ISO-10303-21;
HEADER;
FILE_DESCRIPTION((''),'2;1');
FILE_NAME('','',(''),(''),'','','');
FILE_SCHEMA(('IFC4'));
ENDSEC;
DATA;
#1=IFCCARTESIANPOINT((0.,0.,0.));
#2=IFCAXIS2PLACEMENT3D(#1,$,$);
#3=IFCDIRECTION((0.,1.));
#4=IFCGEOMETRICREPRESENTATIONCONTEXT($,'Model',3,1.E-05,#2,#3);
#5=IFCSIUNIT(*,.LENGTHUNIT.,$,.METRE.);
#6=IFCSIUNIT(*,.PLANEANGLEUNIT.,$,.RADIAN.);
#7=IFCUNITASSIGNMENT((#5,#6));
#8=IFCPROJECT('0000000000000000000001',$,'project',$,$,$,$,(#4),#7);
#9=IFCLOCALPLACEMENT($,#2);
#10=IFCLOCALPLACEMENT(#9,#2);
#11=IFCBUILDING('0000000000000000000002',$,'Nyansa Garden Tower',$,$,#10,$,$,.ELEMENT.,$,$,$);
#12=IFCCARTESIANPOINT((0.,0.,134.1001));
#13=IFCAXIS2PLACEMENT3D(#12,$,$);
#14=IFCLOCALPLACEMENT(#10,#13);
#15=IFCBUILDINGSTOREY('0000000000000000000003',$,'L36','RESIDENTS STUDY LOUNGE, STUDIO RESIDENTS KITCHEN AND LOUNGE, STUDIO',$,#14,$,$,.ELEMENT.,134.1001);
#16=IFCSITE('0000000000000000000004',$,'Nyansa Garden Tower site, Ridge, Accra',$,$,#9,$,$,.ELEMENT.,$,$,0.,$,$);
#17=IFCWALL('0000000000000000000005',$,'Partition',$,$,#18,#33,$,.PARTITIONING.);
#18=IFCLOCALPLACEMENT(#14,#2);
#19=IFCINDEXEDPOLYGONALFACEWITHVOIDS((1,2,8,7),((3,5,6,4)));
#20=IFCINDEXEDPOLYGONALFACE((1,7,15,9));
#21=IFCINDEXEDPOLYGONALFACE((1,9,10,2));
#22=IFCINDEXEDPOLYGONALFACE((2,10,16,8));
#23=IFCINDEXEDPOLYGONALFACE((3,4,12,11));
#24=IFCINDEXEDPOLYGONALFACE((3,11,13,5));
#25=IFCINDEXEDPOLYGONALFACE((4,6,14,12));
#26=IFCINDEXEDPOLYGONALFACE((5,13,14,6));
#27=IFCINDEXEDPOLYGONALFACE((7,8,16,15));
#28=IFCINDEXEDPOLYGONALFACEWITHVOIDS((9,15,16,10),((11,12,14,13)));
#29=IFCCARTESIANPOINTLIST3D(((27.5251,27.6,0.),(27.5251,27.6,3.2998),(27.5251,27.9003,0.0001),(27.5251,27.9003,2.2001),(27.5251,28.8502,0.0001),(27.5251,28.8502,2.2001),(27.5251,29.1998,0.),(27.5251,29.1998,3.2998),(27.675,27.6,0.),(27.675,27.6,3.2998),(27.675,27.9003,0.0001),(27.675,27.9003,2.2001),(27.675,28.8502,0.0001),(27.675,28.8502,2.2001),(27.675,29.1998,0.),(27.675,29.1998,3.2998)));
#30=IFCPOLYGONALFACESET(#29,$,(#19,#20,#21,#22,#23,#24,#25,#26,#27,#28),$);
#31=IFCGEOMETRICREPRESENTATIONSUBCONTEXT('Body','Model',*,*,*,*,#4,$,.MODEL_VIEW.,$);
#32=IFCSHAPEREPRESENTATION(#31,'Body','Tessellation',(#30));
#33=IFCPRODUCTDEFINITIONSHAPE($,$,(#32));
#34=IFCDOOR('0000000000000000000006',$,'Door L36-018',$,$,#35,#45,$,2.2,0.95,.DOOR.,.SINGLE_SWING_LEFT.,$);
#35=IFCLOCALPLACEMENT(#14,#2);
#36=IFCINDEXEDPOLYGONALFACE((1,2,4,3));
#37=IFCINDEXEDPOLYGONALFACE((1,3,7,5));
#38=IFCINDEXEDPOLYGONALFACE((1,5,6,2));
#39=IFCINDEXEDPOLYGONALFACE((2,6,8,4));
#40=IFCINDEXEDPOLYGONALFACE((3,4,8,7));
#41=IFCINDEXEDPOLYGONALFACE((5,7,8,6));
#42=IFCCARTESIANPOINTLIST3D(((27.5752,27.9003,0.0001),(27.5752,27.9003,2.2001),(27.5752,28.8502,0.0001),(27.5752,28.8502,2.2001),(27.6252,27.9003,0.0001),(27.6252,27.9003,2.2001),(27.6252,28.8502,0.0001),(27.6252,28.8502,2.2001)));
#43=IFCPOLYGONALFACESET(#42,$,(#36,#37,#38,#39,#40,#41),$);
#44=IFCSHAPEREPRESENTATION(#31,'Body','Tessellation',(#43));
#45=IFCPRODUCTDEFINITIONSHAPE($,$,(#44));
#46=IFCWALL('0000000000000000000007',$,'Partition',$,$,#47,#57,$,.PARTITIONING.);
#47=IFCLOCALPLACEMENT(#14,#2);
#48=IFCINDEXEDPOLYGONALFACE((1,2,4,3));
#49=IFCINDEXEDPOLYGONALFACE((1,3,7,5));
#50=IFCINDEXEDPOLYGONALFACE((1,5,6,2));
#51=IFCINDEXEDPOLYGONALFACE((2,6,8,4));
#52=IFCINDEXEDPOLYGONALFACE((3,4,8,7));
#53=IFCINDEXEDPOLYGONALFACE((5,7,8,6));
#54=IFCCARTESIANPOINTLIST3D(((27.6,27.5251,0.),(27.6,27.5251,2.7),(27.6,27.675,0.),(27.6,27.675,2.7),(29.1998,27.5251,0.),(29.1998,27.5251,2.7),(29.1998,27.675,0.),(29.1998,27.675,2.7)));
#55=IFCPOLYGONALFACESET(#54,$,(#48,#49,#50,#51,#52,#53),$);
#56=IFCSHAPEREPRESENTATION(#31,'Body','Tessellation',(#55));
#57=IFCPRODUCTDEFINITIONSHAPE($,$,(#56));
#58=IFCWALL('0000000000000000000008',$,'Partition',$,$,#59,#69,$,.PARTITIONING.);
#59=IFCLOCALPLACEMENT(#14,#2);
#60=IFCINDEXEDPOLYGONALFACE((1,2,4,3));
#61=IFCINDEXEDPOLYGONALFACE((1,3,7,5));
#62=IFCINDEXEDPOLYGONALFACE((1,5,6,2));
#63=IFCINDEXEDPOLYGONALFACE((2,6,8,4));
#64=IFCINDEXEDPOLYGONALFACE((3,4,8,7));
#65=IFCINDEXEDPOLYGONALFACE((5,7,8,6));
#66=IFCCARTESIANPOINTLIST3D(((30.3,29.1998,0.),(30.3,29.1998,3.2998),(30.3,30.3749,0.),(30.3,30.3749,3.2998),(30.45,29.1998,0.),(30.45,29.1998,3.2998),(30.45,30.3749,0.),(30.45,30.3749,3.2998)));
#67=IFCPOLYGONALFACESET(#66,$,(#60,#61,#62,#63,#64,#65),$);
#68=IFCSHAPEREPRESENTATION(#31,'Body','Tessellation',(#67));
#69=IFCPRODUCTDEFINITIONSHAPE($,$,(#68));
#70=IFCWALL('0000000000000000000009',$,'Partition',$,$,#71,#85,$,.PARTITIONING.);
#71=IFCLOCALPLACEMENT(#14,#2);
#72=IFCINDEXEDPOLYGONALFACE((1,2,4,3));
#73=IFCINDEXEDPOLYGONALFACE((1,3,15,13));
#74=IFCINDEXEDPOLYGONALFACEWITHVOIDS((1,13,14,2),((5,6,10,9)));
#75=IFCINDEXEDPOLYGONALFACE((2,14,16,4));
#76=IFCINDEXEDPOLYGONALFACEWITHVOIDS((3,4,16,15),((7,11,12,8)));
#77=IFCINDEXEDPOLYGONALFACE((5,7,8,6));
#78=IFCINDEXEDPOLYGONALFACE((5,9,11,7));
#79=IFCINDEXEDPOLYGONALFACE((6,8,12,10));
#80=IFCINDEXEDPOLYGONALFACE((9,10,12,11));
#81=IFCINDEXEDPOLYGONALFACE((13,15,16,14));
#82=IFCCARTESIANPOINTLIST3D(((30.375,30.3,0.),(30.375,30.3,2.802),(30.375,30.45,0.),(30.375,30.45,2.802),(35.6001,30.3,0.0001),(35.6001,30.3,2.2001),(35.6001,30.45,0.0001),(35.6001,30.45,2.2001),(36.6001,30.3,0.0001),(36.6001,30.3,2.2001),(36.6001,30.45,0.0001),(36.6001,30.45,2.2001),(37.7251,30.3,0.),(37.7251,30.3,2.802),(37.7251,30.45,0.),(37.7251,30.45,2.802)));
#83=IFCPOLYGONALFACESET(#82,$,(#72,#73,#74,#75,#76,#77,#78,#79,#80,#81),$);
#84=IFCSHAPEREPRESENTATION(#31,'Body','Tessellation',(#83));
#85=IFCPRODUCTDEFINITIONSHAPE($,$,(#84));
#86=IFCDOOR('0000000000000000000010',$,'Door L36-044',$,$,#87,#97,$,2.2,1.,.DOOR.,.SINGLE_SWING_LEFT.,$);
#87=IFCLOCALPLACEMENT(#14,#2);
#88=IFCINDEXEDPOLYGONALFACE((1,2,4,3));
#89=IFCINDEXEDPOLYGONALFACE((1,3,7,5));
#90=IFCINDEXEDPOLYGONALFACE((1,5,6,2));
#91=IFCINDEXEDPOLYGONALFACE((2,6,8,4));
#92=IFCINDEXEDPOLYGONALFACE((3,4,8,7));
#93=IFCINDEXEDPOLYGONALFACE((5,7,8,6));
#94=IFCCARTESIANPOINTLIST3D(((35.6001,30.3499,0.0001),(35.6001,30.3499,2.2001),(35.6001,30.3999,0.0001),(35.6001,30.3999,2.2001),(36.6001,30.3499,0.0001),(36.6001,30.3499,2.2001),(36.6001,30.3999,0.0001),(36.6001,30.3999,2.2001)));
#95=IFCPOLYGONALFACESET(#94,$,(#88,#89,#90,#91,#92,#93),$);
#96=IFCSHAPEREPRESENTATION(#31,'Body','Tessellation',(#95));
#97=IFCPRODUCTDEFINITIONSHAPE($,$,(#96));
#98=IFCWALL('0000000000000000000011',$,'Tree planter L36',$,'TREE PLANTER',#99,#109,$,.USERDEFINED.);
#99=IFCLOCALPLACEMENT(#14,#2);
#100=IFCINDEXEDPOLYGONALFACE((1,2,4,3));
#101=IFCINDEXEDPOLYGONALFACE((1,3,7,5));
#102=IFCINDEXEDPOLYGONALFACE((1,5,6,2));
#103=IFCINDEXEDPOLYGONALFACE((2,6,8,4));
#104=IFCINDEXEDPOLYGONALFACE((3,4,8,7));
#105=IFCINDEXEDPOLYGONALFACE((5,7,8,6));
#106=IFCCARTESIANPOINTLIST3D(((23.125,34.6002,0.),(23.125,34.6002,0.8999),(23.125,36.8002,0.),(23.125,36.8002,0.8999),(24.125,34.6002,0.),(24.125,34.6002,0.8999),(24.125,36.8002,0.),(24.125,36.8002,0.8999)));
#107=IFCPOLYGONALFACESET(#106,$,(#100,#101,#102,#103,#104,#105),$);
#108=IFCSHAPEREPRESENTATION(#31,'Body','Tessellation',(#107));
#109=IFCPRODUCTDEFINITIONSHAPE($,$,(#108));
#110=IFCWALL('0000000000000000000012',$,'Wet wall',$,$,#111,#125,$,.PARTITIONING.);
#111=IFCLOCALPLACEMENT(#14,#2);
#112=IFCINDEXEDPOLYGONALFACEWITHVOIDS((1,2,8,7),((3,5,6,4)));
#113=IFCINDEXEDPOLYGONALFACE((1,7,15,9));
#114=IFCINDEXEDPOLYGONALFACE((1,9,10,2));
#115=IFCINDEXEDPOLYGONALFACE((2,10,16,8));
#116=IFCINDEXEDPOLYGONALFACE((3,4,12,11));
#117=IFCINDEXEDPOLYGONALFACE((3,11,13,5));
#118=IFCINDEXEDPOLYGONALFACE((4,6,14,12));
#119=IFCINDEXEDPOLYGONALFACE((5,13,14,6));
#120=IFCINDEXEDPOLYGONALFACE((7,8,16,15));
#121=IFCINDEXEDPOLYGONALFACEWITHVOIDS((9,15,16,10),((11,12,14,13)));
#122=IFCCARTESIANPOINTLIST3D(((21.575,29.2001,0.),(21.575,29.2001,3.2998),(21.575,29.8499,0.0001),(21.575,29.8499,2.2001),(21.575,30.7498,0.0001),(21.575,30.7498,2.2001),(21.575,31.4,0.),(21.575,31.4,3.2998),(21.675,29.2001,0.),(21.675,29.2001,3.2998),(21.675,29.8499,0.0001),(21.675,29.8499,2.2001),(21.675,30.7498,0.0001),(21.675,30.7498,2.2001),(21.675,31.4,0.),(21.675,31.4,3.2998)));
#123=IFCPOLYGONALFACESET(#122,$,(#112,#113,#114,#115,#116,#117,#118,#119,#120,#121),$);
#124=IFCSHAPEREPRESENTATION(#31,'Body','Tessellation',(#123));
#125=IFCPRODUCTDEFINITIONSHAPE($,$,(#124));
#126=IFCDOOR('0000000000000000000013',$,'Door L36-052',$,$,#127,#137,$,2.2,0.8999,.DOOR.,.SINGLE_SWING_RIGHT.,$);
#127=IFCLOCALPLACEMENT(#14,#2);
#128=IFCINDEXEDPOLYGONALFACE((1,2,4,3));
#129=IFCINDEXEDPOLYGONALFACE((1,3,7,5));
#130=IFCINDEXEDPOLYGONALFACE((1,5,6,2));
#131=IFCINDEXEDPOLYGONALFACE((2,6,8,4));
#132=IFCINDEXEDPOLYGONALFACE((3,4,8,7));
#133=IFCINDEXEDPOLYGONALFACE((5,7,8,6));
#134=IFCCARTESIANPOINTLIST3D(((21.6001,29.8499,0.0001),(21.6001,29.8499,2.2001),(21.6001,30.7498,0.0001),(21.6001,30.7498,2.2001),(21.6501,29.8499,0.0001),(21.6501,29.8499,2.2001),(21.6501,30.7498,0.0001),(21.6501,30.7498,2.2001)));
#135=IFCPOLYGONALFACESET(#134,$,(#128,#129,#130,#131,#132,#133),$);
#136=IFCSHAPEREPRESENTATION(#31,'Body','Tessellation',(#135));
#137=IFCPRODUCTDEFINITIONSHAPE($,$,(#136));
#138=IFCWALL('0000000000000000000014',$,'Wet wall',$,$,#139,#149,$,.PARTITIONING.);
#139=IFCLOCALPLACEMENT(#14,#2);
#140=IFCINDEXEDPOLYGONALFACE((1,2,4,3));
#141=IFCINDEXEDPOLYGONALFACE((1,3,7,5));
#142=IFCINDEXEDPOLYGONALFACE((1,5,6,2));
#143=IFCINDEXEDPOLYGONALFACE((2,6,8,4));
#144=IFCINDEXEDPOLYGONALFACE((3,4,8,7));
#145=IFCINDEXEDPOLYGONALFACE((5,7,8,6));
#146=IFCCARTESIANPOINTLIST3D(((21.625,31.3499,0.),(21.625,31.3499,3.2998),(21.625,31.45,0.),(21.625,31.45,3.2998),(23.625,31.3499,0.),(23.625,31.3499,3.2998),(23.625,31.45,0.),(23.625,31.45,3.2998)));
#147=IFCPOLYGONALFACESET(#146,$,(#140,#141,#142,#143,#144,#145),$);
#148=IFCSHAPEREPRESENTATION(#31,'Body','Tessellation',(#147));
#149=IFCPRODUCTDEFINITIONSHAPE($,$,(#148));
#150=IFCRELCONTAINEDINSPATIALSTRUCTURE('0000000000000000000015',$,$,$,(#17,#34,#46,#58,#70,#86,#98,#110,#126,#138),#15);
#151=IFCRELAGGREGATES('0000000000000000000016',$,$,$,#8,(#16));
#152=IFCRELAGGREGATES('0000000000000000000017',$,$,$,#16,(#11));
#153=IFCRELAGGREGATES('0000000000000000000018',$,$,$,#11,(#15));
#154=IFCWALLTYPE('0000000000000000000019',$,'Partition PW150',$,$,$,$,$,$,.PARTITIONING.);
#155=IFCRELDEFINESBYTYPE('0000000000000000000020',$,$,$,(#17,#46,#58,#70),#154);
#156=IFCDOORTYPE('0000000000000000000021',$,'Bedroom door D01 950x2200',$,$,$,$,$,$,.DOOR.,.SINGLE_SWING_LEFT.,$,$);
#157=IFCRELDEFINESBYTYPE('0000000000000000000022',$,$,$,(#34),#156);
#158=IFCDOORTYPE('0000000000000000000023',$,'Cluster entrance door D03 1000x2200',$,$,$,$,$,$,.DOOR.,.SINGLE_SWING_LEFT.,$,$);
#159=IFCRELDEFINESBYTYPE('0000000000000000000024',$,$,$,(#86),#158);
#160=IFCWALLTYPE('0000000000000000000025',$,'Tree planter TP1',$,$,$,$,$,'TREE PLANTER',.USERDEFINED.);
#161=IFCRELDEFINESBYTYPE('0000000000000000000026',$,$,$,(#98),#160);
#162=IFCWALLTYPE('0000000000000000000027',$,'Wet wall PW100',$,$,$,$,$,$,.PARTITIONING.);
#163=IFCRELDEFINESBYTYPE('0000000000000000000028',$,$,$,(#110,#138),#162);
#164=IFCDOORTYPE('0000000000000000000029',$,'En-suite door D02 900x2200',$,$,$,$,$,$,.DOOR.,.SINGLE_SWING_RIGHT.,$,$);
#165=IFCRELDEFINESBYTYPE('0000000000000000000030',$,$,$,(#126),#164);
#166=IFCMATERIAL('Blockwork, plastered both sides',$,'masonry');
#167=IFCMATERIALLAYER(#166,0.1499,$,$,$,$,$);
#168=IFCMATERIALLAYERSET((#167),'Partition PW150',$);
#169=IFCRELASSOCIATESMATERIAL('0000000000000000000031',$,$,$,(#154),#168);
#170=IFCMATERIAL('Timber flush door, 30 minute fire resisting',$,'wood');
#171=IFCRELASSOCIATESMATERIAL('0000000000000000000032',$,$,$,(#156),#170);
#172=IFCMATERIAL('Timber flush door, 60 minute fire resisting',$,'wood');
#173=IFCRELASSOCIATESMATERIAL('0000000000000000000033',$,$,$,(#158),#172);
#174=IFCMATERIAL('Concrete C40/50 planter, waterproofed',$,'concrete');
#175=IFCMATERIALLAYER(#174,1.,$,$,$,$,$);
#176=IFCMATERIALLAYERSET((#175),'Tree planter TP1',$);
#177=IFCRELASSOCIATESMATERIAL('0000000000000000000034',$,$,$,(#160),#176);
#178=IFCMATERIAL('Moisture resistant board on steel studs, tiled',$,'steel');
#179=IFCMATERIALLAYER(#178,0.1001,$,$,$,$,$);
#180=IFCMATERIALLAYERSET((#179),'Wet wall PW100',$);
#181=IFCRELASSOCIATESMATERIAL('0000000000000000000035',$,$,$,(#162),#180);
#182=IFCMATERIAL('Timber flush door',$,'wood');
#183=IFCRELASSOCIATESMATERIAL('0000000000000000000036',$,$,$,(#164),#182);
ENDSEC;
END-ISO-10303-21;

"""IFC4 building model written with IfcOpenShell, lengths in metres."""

from ifc_helpers import new_model, si_unit, direction, frame, frame_2d, origin, place, context, subcontext, project, spatial, rectangle, extrude, material, layer, layer_set, type_object, element, fill, save


model = new_model("IFC4")

# Units and contexts
model_context = context("Model", 3, precision=1e-05, world=origin(), true_north=direction((0.0, 1.0)))
body_context = subcontext(model_context, "Body", "Model", "MODEL_VIEW")
ifc_project = project(units=[si_unit("LENGTHUNIT", "METRE"), si_unit("PLANEANGLEUNIT", "RADIAN")], contexts=[model_context])

# Site, building, storey
site_placement = place(None, origin())
site = spatial("IfcSite", under=ifc_project, at=site_placement, Name="Nyansa Garden Tower site, Ridge, Accra", CompositionType="ELEMENT", RefElevation=0.0)
building_placement = place(site_placement, origin())
building = spatial("IfcBuilding", under=site, at=building_placement, Name="Nyansa Garden Tower", CompositionType="ELEMENT")
storey_placement = place(building_placement, frame((0.0, 0.0, 134.1001)))
storey = spatial("IfcBuildingStorey", under=building, at=storey_placement, Name="L36", Description="RESIDENTS STUDY LOUNGE, STUDIO RESIDENTS KITCHEN AND LOUNGE, STUDIO", CompositionType="ELEMENT", Elevation=134.1001)

# Shared definitions
ifc_material_1 = material(Name="Blockwork, plastered both sides", Category="masonry")
ifc_layer_1 = layer(ifc_material_1, 0.1499)
ifc_layer_set_1 = layer_set([ifc_layer_1], Name="Partition PW150")
wall_type_1 = type_object("IfcWallType", Name="Partition PW150", PredefinedType="PARTITIONING", material=ifc_layer_set_1)

# Wall, opening, door
wall_1_placement = place(storey_placement, frame((27.6001, 27.6001, 0.0), z_axis=(0.0, 0.0, 1.0), x_axis=(0.0, 1.0, 0.0)))
wall_1 = element("IfcWall", 1, at=wall_1_placement, inside=storey, type_object=wall_type_1, Name="Partition", PredefinedType="PARTITIONING", context=body_context, shape_type="SweptSolid", body=[
    extrude(rectangle(XDim=1.5999, YDim=0.1499, at=frame_2d((0.7998, 0.0))), origin(), (0.0, 0.0, 1.0), 3.2998),
])
opening_1_placement = place(wall_1_placement, frame((0.3, 0.0, 0.0)))
opening_1 = element("IfcOpeningElement", 2, at=opening_1_placement, cuts=wall_1, PredefinedType="OPENING", context=body_context, shape_type="SweptSolid", body=[
    extrude(rectangle(XDim=0.95, YDim=2.2, at=frame_2d((0.4751, 1.1001))), frame((0.0, 0.085, 0.0), z_axis=(0.0, -1.0, 0.0), x_axis=(1.0, 0.0, 0.0)), (0.0, 0.0, 1.0), 0.1699),
])
ifc_material_2 = material(Name="Timber flush door, 30 minute fire resisting", Category="wood")
door_type_1 = type_object("IfcDoorType", Name="Bedroom door D01 950x2200", OperationType="SINGLE_SWING_LEFT", PredefinedType="DOOR", material=ifc_material_2)
door_1_placement = place(opening_1_placement, origin())
door_1 = element("IfcDoor", 3, at=door_1_placement, inside=storey, type_object=door_type_1, Name="Door L36-018", OperationType="SINGLE_SWING_LEFT", OverallHeight=2.2, OverallWidth=0.95, PredefinedType="DOOR", context=body_context, shape_type="SweptSolid", body=[
    extrude(rectangle(XDim=0.95, YDim=2.2, at=frame_2d((0.4751, 1.1001))), frame((0.0, 0.0249, 0.0), z_axis=(0.0, -1.0, 0.0), x_axis=(1.0, 0.0, 0.0)), (0.0, 0.0, 1.0), 0.05),
])
fill(opening_1, door_1)

# Walls
wall_2_placement = place(storey_placement, frame((27.6001, 27.6001, 0.0), z_axis=(0.0, 0.0, 1.0), x_axis=(1.0, 0.0, 0.0)))
element("IfcWall", 4, at=wall_2_placement, inside=storey, type_object=wall_type_1, Name="Partition", PredefinedType="PARTITIONING", context=body_context, shape_type="SweptSolid", body=[
    extrude(rectangle(XDim=1.5999, YDim=0.1499, at=frame_2d((0.7998, 0.0))), origin(), (0.0, 0.0, 1.0), 2.7),
])
wall_3_placement = place(storey_placement, frame((30.375, 29.2, 0.0), z_axis=(0.0, 0.0, 1.0), x_axis=(0.0, 1.0, 0.0)))
element("IfcWall", 5, at=wall_3_placement, inside=storey, type_object=wall_type_1, Name="Partition", PredefinedType="PARTITIONING", context=body_context, shape_type="SweptSolid", body=[
    extrude(rectangle(XDim=1.175, YDim=0.1499, at=frame_2d((0.5874, 0.0))), origin(), (0.0, 0.0, 1.0), 3.2998),
])

# Wall, opening, door
wall_4_placement = place(storey_placement, frame((30.375, 30.375, 0.0), z_axis=(0.0, 0.0, 1.0), x_axis=(1.0, 0.0, 0.0)))
wall_4 = element("IfcWall", 6, at=wall_4_placement, inside=storey, type_object=wall_type_1, Name="Partition", PredefinedType="PARTITIONING", context=body_context, shape_type="SweptSolid", body=[
    extrude(rectangle(XDim=7.3501, YDim=0.1499, at=frame_2d((3.675, 0.0))), origin(), (0.0, 0.0, 1.0), 2.802),
])
opening_2_placement = place(wall_4_placement, frame((5.2251, 0.0, 0.0)))
opening_2 = element("IfcOpeningElement", 7, at=opening_2_placement, cuts=wall_4, PredefinedType="OPENING", context=body_context, shape_type="SweptSolid", body=[
    extrude(rectangle(XDim=1.0, YDim=2.2, at=frame_2d((0.5, 1.1001))), frame((0.0, 0.085, 0.0), z_axis=(0.0, -1.0, 0.0), x_axis=(1.0, 0.0, 0.0)), (0.0, 0.0, 1.0), 0.1699),
])
ifc_material_3 = material(Name="Timber flush door, 60 minute fire resisting", Category="wood")
door_type_2 = type_object("IfcDoorType", Name="Cluster entrance door D03 1000x2200", OperationType="SINGLE_SWING_LEFT", PredefinedType="DOOR", material=ifc_material_3)
door_2_placement = place(opening_2_placement, origin())
door_2 = element("IfcDoor", 8, at=door_2_placement, inside=storey, type_object=door_type_2, Name="Door L36-044", OperationType="SINGLE_SWING_LEFT", OverallHeight=2.2, OverallWidth=1.0, PredefinedType="DOOR", context=body_context, shape_type="SweptSolid", body=[
    extrude(rectangle(XDim=1.0, YDim=2.2, at=frame_2d((0.5, 1.1001))), frame((0.0, 0.0249, 0.0), z_axis=(0.0, -1.0, 0.0), x_axis=(1.0, 0.0, 0.0)), (0.0, 0.0, 1.0), 0.05),
])
fill(opening_2, door_2)

# Wall
ifc_material_4 = material(Name="Concrete C40/50 planter, waterproofed", Category="concrete")
ifc_layer_2 = layer(ifc_material_4, 1.0)
ifc_layer_set_2 = layer_set([ifc_layer_2], Name="Tree planter TP1")
wall_type_2 = type_object("IfcWallType", Name="Tree planter TP1", ElementType="TREE PLANTER", PredefinedType="USERDEFINED", material=ifc_layer_set_2)
wall_5_placement = place(storey_placement, frame((23.625, 34.6001, 0.0), z_axis=(0.0, 0.0, 1.0), x_axis=(0.0, 1.0, 0.0)))
element("IfcWall", 9, at=wall_5_placement, inside=storey, type_object=wall_type_2, Name="Tree planter L36", ObjectType="TREE PLANTER", PredefinedType="USERDEFINED", context=body_context, shape_type="SweptSolid", body=[
    extrude(rectangle(XDim=2.2, YDim=1.0, at=frame_2d((1.1001, 0.0))), origin(), (0.0, 0.0, 1.0), 0.8999),
])

# Wall, opening, door
ifc_material_5 = material(Name="Moisture resistant board on steel studs, tiled", Category="steel")
ifc_layer_3 = layer(ifc_material_5, 0.1001)
ifc_layer_set_3 = layer_set([ifc_layer_3], Name="Wet wall PW100")
wall_type_3 = type_object("IfcWallType", Name="Wet wall PW100", PredefinedType="PARTITIONING", material=ifc_layer_set_3)
wall_6_placement = place(storey_placement, frame((21.625, 29.2, 0.0), z_axis=(0.0, 0.0, 1.0), x_axis=(0.0, 1.0, 0.0)))
wall_6 = element("IfcWall", 10, at=wall_6_placement, inside=storey, type_object=wall_type_3, Name="Wet wall", PredefinedType="PARTITIONING", context=body_context, shape_type="SweptSolid", body=[
    extrude(rectangle(XDim=2.2, YDim=0.1001, at=frame_2d((1.1001, 0.0))), origin(), (0.0, 0.0, 1.0), 3.2998),
])
opening_3_placement = place(wall_6_placement, frame((0.6499, 0.0, 0.0)))
opening_3 = element("IfcOpeningElement", 11, at=opening_3_placement, cuts=wall_6, PredefinedType="OPENING", context=body_context, shape_type="SweptSolid", body=[
    extrude(rectangle(XDim=0.8999, YDim=2.2, at=frame_2d((0.45, 1.1001))), frame((0.0, 0.0601, 0.0), z_axis=(0.0, -1.0, 0.0), x_axis=(1.0, 0.0, 0.0)), (0.0, 0.0, 1.0), 0.1201),
])
ifc_material_6 = material(Name="Timber flush door", Category="wood")
door_type_3 = type_object("IfcDoorType", Name="En-suite door D02 900x2200", OperationType="SINGLE_SWING_RIGHT", PredefinedType="DOOR", material=ifc_material_6)
door_3_placement = place(opening_3_placement, origin())
door_3 = element("IfcDoor", 12, at=door_3_placement, inside=storey, type_object=door_type_3, Name="Door L36-052", OperationType="SINGLE_SWING_RIGHT", OverallHeight=2.2, OverallWidth=0.8999, PredefinedType="DOOR", context=body_context, shape_type="SweptSolid", body=[
    extrude(rectangle(XDim=0.8999, YDim=2.2, at=frame_2d((0.45, 1.1001))), frame((0.0, 0.0249, 0.0), z_axis=(0.0, -1.0, 0.0), x_axis=(1.0, 0.0, 0.0)), (0.0, 0.0, 1.0), 0.05),
])
fill(opening_3, door_3)

# Wall
wall_7_placement = place(storey_placement, frame((21.625, 31.3999, 0.0), z_axis=(0.0, 0.0, 1.0), x_axis=(1.0, 0.0, 0.0)))
element("IfcWall", 13, at=wall_7_placement, inside=storey, type_object=wall_type_3, Name="Wet wall", PredefinedType="PARTITIONING", context=body_context, shape_type="SweptSolid", body=[
    extrude(rectangle(XDim=2.0, YDim=0.1001, at=frame_2d((1.0, 0.0))), origin(), (0.0, 0.0, 1.0), 3.2998),
])

save(model, "model.ifc")
